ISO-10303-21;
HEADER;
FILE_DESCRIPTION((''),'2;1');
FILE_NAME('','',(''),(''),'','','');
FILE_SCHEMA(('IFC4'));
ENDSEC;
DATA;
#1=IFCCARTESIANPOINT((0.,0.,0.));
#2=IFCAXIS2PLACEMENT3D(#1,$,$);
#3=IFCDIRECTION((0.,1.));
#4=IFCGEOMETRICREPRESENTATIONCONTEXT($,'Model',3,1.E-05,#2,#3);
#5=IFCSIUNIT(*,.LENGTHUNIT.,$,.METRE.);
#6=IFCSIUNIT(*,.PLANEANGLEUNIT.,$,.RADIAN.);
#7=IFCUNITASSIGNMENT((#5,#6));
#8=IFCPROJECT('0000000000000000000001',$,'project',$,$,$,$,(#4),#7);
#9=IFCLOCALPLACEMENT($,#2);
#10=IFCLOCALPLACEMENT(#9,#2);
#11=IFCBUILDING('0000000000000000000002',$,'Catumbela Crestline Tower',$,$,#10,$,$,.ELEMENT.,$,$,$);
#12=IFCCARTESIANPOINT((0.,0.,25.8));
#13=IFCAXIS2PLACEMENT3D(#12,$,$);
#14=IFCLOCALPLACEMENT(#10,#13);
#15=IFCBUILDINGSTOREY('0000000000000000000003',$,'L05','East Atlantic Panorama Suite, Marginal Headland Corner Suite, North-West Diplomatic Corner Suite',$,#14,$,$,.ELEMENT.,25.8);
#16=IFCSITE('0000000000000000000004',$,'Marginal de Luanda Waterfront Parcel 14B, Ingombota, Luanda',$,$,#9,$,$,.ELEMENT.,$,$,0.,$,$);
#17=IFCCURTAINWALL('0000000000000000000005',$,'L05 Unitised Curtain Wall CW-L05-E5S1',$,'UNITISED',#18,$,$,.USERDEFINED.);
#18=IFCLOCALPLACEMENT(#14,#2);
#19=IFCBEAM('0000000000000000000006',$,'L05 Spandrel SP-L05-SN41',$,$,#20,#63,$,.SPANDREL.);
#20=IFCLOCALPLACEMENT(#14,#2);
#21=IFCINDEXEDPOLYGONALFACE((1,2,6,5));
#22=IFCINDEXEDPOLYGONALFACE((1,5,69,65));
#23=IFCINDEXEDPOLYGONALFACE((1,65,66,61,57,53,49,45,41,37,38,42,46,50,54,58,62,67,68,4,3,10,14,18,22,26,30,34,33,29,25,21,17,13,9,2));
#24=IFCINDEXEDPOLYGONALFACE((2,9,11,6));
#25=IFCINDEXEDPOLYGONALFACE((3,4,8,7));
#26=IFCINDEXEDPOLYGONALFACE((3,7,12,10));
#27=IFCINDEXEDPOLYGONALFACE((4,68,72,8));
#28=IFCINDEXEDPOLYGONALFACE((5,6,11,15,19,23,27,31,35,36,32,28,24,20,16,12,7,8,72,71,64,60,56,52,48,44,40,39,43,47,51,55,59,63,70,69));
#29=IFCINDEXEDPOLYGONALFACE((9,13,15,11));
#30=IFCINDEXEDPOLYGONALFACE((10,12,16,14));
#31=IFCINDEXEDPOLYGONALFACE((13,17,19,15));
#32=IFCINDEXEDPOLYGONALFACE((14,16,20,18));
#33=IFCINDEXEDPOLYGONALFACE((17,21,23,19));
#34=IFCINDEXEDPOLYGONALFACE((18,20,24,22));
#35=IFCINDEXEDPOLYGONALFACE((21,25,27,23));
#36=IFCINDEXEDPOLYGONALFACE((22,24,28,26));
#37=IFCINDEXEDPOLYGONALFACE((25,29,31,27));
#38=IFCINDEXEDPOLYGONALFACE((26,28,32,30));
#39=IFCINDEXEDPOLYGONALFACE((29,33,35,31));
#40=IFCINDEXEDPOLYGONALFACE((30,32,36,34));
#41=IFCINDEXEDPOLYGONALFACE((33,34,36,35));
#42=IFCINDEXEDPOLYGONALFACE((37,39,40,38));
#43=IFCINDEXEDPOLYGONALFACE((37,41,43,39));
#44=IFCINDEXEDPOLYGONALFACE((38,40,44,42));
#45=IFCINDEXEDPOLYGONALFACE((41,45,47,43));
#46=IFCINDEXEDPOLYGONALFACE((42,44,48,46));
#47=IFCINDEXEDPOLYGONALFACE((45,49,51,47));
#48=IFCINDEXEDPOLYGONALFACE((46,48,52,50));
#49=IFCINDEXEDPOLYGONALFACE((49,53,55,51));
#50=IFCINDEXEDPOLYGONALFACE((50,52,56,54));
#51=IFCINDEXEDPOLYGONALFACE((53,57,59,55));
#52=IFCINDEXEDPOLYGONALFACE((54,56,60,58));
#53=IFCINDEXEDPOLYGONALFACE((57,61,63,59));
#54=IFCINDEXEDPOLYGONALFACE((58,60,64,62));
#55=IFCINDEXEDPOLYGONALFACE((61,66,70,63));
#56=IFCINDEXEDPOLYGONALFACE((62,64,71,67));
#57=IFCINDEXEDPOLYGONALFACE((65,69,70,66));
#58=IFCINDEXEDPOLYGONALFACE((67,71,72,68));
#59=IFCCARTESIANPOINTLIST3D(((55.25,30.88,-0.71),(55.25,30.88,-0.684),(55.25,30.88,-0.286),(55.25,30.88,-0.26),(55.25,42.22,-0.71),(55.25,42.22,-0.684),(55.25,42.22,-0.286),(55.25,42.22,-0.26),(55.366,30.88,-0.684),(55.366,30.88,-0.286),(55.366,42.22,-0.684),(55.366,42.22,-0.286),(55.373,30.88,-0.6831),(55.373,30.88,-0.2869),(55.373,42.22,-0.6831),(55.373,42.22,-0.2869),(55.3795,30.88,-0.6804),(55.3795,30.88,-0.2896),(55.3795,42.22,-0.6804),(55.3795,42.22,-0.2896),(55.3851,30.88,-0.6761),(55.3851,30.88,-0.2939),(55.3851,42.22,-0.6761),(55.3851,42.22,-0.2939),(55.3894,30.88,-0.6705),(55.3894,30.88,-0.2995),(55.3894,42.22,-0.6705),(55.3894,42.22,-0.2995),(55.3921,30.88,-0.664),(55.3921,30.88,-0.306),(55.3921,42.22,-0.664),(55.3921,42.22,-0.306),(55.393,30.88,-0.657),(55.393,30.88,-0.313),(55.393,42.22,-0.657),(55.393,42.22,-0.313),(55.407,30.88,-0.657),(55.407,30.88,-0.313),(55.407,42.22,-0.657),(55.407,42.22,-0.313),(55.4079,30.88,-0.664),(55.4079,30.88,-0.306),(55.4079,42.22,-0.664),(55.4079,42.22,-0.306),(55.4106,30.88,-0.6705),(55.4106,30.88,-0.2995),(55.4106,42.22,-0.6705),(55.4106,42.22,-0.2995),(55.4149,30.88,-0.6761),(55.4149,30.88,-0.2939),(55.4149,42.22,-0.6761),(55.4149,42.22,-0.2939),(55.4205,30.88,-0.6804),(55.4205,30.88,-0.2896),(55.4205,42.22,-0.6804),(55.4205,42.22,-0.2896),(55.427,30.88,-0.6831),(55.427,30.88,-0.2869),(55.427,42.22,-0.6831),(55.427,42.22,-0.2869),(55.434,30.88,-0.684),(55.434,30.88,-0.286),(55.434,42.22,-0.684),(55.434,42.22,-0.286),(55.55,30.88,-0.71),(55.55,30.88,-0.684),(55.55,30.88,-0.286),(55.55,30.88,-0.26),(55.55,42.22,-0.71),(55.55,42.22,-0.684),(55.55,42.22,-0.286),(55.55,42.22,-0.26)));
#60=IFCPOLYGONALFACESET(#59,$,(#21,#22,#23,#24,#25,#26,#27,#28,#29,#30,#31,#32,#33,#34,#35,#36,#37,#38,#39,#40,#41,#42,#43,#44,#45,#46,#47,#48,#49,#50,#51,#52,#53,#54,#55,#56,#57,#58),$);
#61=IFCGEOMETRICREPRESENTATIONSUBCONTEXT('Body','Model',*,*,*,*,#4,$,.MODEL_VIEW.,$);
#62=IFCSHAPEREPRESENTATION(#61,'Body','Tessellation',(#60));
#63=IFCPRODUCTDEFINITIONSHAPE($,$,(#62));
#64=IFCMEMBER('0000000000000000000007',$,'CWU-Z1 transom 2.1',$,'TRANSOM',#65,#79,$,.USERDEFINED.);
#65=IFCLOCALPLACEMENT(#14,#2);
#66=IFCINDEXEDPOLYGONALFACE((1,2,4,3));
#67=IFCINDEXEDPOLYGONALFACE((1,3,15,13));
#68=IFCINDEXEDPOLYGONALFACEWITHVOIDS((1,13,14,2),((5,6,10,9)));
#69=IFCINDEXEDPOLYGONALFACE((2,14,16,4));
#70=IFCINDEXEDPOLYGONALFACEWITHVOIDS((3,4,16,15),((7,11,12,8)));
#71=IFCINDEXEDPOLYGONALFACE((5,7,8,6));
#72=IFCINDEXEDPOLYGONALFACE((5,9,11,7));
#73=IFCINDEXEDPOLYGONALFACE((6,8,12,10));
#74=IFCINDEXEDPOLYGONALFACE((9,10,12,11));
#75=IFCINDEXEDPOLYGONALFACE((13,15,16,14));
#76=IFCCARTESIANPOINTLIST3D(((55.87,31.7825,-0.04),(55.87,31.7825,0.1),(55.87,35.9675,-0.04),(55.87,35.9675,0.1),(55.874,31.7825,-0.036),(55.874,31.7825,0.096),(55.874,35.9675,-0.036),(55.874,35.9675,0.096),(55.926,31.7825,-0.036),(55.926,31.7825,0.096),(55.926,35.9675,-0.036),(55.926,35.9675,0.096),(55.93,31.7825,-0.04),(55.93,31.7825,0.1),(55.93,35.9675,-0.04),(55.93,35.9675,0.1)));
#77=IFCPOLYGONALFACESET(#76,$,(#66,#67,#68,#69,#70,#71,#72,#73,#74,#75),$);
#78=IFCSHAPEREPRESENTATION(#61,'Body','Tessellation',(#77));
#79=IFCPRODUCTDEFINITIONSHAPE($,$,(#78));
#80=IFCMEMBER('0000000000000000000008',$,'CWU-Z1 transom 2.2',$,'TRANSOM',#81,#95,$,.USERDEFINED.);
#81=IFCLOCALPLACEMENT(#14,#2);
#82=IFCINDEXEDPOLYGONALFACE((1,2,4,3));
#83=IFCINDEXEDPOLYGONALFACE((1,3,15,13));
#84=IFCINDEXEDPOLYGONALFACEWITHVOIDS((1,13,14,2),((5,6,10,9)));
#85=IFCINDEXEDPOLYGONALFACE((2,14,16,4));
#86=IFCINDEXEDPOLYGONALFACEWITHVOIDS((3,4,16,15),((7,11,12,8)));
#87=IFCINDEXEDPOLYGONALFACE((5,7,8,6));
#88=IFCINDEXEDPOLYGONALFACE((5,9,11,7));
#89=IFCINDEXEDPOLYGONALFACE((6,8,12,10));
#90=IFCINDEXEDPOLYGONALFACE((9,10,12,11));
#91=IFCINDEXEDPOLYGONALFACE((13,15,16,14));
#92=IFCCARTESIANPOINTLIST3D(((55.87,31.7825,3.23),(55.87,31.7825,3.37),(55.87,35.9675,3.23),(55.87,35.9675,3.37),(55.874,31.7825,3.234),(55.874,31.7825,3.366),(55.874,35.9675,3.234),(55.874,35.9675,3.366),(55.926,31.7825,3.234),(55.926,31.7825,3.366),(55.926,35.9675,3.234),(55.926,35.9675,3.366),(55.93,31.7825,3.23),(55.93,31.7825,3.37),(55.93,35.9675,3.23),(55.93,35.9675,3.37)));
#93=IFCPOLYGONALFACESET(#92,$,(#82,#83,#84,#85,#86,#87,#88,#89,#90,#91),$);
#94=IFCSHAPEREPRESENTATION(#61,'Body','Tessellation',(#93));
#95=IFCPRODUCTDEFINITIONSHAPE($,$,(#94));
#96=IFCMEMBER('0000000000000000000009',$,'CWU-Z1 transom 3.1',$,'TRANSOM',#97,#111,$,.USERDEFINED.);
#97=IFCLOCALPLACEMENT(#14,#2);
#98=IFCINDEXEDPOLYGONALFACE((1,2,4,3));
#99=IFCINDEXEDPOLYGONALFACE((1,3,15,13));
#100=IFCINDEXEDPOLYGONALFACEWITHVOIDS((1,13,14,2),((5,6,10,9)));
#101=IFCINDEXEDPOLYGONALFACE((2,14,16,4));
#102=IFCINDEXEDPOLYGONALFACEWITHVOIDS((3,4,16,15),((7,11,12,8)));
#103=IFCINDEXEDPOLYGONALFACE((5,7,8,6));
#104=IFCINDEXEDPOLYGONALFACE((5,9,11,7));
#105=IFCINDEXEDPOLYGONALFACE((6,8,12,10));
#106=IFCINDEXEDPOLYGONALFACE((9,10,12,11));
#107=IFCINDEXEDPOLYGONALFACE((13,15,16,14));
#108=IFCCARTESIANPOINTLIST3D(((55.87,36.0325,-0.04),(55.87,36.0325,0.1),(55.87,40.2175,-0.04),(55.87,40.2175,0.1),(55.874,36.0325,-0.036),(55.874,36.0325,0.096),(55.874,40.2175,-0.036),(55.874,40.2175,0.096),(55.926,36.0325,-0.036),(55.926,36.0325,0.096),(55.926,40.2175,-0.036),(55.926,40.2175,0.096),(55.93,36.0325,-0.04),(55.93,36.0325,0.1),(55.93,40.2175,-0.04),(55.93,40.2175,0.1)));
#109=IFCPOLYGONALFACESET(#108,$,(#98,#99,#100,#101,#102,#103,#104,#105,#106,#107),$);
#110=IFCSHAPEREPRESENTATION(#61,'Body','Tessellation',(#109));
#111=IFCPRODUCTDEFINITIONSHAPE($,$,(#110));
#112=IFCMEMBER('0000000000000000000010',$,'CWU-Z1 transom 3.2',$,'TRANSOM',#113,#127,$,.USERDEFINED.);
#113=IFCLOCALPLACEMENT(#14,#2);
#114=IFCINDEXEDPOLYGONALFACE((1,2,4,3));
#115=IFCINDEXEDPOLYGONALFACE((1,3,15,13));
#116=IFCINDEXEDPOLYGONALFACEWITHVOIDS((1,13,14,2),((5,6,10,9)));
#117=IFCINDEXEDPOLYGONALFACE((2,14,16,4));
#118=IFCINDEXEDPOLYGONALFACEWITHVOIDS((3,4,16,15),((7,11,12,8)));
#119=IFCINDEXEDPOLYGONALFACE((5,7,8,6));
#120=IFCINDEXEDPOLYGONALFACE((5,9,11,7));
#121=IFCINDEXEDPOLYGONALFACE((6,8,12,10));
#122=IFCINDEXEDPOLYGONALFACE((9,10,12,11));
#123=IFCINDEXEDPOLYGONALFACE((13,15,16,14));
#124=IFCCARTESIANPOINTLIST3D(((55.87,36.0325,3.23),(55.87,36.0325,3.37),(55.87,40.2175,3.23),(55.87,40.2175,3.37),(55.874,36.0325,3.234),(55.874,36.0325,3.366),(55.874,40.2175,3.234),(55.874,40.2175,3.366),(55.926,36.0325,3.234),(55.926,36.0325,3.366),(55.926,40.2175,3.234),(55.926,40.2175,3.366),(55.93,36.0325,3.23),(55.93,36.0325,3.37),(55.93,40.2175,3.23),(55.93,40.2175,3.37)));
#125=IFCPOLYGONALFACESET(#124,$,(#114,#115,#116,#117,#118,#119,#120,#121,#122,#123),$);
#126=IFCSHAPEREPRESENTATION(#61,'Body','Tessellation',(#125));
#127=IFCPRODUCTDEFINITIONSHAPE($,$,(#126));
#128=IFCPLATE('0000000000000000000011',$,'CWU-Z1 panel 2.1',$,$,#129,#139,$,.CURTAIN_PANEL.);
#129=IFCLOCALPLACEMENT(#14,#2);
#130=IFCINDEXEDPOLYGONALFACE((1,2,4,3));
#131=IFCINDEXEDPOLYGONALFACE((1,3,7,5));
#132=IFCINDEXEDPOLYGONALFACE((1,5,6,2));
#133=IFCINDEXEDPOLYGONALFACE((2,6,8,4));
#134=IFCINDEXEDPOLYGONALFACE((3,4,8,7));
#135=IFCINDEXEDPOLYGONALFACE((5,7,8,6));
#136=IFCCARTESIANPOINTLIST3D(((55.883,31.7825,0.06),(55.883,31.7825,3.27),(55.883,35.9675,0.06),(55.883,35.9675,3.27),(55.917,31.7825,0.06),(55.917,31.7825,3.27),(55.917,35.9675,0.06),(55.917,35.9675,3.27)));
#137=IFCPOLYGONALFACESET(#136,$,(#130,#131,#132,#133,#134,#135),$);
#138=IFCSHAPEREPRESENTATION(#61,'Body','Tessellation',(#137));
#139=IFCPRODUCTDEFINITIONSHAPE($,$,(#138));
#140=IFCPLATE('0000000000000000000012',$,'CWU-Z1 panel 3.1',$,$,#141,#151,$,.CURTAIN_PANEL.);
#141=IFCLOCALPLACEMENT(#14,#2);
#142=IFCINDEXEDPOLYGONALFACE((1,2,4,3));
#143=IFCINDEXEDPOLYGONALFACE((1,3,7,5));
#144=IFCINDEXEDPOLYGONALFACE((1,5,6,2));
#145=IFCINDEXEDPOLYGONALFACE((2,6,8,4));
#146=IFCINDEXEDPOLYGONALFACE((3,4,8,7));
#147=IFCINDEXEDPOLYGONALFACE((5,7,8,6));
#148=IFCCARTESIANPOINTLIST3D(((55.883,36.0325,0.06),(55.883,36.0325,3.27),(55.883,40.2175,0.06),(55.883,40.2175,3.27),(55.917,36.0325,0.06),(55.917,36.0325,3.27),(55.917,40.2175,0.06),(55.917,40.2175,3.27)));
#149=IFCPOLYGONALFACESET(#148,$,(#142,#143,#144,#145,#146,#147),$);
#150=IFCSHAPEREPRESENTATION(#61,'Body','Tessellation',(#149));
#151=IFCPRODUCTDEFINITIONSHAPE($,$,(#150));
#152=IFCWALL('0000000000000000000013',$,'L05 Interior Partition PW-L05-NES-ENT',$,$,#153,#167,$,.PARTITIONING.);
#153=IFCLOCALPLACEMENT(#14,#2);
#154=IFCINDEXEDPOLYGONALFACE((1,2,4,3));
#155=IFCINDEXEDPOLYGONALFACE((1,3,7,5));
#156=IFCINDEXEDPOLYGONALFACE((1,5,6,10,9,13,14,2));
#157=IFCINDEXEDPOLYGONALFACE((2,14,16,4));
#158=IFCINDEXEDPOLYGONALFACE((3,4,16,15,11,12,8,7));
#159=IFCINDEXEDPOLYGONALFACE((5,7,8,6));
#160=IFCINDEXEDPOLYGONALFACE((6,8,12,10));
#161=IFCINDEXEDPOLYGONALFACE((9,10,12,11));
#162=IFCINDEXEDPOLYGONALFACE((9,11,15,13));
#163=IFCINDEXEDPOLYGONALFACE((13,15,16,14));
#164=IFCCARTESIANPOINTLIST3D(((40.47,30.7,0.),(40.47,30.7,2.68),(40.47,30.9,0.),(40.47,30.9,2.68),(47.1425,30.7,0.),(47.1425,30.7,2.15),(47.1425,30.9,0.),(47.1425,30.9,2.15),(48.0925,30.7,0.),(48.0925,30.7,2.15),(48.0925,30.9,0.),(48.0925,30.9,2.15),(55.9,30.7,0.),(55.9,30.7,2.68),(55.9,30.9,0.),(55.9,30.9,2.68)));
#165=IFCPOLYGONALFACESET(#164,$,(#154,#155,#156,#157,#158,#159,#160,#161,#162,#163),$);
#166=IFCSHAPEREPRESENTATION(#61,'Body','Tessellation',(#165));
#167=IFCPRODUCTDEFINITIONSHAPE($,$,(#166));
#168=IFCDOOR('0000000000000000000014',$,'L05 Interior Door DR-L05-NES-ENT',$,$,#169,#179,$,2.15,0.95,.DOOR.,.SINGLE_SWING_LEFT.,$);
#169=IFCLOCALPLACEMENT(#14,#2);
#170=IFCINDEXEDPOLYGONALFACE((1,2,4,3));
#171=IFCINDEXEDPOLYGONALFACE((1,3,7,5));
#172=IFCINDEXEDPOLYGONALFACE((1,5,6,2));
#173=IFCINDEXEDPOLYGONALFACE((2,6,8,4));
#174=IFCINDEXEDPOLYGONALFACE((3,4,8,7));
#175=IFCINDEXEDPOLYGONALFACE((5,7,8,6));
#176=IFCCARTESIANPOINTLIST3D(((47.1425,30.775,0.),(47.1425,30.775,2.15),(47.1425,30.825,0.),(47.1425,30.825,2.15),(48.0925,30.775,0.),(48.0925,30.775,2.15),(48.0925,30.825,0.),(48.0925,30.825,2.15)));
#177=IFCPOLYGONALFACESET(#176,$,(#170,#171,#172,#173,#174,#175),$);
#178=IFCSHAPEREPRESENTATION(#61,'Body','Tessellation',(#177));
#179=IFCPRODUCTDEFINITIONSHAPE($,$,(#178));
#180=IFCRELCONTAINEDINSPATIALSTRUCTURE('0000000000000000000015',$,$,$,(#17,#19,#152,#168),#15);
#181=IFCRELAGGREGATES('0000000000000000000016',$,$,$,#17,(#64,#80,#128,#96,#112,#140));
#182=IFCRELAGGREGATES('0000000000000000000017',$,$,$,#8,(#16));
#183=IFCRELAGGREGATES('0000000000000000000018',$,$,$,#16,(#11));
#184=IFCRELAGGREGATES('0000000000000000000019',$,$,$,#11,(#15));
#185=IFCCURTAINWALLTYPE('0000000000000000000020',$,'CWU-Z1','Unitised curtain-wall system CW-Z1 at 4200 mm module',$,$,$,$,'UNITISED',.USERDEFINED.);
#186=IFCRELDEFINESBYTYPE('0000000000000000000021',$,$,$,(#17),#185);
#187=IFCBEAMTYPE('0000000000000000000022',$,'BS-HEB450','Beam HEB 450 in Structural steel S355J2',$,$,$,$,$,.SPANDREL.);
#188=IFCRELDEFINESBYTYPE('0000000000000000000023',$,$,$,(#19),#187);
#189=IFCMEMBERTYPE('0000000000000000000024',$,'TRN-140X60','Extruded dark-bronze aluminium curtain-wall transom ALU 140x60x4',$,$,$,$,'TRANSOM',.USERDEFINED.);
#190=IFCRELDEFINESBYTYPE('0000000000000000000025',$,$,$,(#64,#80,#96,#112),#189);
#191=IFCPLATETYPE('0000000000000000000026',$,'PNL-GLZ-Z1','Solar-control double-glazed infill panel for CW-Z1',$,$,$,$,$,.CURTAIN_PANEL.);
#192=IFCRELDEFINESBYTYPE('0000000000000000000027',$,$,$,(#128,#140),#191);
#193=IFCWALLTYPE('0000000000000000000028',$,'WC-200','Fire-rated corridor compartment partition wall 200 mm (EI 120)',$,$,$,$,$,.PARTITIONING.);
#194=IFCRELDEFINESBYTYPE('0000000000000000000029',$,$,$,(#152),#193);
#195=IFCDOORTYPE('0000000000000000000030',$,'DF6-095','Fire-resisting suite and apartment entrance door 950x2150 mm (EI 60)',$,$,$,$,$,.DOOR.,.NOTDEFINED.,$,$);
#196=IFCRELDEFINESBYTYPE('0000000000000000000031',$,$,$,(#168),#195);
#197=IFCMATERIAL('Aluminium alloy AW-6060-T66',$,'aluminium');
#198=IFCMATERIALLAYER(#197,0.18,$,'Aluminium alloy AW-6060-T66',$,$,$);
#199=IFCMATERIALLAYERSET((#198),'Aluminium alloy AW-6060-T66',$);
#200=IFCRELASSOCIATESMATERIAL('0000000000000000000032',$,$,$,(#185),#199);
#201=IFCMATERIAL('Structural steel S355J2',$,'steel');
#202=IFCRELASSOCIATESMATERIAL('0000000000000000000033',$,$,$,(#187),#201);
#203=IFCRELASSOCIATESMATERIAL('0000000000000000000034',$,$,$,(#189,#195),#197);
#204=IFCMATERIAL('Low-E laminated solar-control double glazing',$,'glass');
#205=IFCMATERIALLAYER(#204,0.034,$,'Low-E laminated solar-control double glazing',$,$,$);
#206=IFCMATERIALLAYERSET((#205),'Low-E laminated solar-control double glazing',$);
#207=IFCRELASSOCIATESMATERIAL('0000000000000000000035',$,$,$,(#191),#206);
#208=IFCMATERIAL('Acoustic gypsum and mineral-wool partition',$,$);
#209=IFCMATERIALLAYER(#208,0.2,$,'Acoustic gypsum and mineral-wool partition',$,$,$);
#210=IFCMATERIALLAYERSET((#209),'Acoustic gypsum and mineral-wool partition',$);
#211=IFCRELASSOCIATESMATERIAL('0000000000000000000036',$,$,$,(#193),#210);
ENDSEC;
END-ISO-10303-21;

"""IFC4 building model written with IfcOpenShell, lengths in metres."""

from ifc_helpers import new_model, si_unit, direction, frame, frame_2d, origin, origin_2d, place, context, subcontext, project, spatial, rectangle, hollow_rectangle, i_section, extrude, material, layer, layer_set, material_profile, profile_set, type_object, element, fill, aggregate, save


model = new_model("IFC4")

# Units and contexts
model_context = context("Model", 3, precision=1e-05, world=origin(), true_north=direction((0.0, 1.0)))
body_context = subcontext(model_context, "Body", "Model", "MODEL_VIEW")
ifc_project = project(units=[si_unit("LENGTHUNIT", "METRE"), si_unit("PLANEANGLEUNIT", "RADIAN")], contexts=[model_context])

# Site, building, storey
site_placement = place(None, origin())
site = spatial("IfcSite", under=ifc_project, at=site_placement, Name="Marginal de Luanda Waterfront Parcel 14B, Ingombota, Luanda", CompositionType="ELEMENT", RefElevation=0.0)
building_placement = place(site_placement, origin())
building = spatial("IfcBuilding", under=site, at=building_placement, Name="Catumbela Crestline Tower", CompositionType="ELEMENT")
storey_placement = place(building_placement, frame((0.0, 0.0, 25.8)))
storey = spatial("IfcBuildingStorey", under=building, at=storey_placement, Name="L05", Description="East Atlantic Panorama Suite, Marginal Headland Corner Suite, North-West Diplomatic Corner Suite", CompositionType="ELEMENT", Elevation=25.8)

# Shared definitions
ifc_material_1 = material(Name="Structural steel S355J2", Category="steel")

# Curtain wall
ifc_material_2 = material(Name="Aluminium alloy AW-6060-T66", Category="aluminium")
ifc_layer_1 = layer(ifc_material_2, 0.18, Name="Aluminium alloy AW-6060-T66")
ifc_layer_set_1 = layer_set([ifc_layer_1], Name="Aluminium alloy AW-6060-T66")
curtain_wall_type = type_object("IfcCurtainWallType", Name="CWU-Z1", Description="Unitised curtain-wall system CW-Z1 at 4200 mm module", ElementType="UNITISED", PredefinedType="USERDEFINED", material=ifc_layer_set_1)
curtain_wall_placement = place(storey_placement, origin())
curtain_wall = element("IfcCurtainWall", 1, at=curtain_wall_placement, inside=storey, type_object=curtain_wall_type, Name="L05 Unitised Curtain Wall CW-L05-E5S1", ObjectType="UNITISED", PredefinedType="USERDEFINED")

# Beam
ifc_material_profile_1 = material_profile(ifc_material_1, i_section(OverallWidth=0.3, OverallDepth=0.45, WebThickness=0.014, FlangeThickness=0.026, FilletRadius=0.027, at=origin_2d()), Name="HEB 450")
ifc_profile_set_1 = profile_set([ifc_material_profile_1], Name="Structural steel S355J2")
beam_type_1 = type_object("IfcBeamType", Name="BS-HEB450", Description="Beam HEB 450 in Structural steel S355J2", PredefinedType="SPANDREL", material=ifc_profile_set_1)
beam_1_placement = place(storey_placement, frame((55.4, 30.88, -0.485), z_axis=(0.0, 1.0, 0.0), x_axis=(-1.0, 0.0, 0.0)))
element("IfcBeam", 2, at=beam_1_placement, inside=storey, type_object=beam_type_1, Name="L05 Spandrel SP-L05-SN41", PredefinedType="SPANDREL", context=body_context, shape_type="SweptSolid", body=[
    extrude(i_section(OverallWidth=0.3, OverallDepth=0.45, WebThickness=0.014, FlangeThickness=0.026, FilletRadius=0.027, at=origin_2d()), origin(), (0.0, 0.0, 1.0), 11.34),
])

# Members
ifc_material_profile_2 = material_profile(ifc_material_2, hollow_rectangle(XDim=0.06, YDim=0.14, WallThickness=0.004, at=origin_2d()), Name="ALU 140x60x4")
ifc_profile_set_2 = profile_set([ifc_material_profile_2], Name="Aluminium alloy AW-6060-T66")
member_type_1 = type_object("IfcMemberType", Name="TRN-140X60", Description="Extruded dark-bronze aluminium curtain-wall transom ALU 140x60x4", ElementType="TRANSOM", PredefinedType="USERDEFINED", material=ifc_profile_set_2)
member_1_placement = place(storey_placement, frame((55.9, 31.7825, 0.03), z_axis=(0.0, 1.0, 0.0), x_axis=(-1.0, 0.0, 0.0)))
member_1 = element("IfcMember", 3, at=member_1_placement, type_object=member_type_1, Name="CWU-Z1 transom 2.1", ObjectType="TRANSOM", PredefinedType="USERDEFINED", context=body_context, shape_type="SweptSolid", body=[
    extrude(hollow_rectangle(XDim=0.06, YDim=0.14, WallThickness=0.004, at=origin_2d()), origin(), (0.0, 0.0, 1.0), 4.185),
])
member_2_placement = place(storey_placement, frame((55.9, 31.7825, 3.3), z_axis=(0.0, 1.0, 0.0), x_axis=(-1.0, 0.0, 0.0)))
member_2 = element("IfcMember", 4, at=member_2_placement, type_object=member_type_1, Name="CWU-Z1 transom 2.2", ObjectType="TRANSOM", PredefinedType="USERDEFINED", context=body_context, shape_type="SweptSolid", body=[
    extrude(hollow_rectangle(XDim=0.06, YDim=0.14, WallThickness=0.004, at=origin_2d()), origin(), (0.0, 0.0, 1.0), 4.185),
])
member_3_placement = place(storey_placement, frame((55.9, 36.0325, 0.03), z_axis=(0.0, 1.0, 0.0), x_axis=(-1.0, 0.0, 0.0)))
member_3 = element("IfcMember", 5, at=member_3_placement, type_object=member_type_1, Name="CWU-Z1 transom 3.1", ObjectType="TRANSOM", PredefinedType="USERDEFINED", context=body_context, shape_type="SweptSolid", body=[
    extrude(hollow_rectangle(XDim=0.06, YDim=0.14, WallThickness=0.004, at=origin_2d()), origin(), (0.0, 0.0, 1.0), 4.185),
])
member_4_placement = place(storey_placement, frame((55.9, 36.0325, 3.3), z_axis=(0.0, 1.0, 0.0), x_axis=(-1.0, 0.0, 0.0)))
member_4 = element("IfcMember", 6, at=member_4_placement, type_object=member_type_1, Name="CWU-Z1 transom 3.2", ObjectType="TRANSOM", PredefinedType="USERDEFINED", context=body_context, shape_type="SweptSolid", body=[
    extrude(hollow_rectangle(XDim=0.06, YDim=0.14, WallThickness=0.004, at=origin_2d()), origin(), (0.0, 0.0, 1.0), 4.185),
])

# Plates
ifc_material_3 = material(Name="Low-E laminated solar-control double glazing", Category="glass")
ifc_layer_2 = layer(ifc_material_3, 0.034, Name="Low-E laminated solar-control double glazing")
ifc_layer_set_2 = layer_set([ifc_layer_2], Name="Low-E laminated solar-control double glazing")
plate_type = type_object("IfcPlateType", Name="PNL-GLZ-Z1", Description="Solar-control double-glazed infill panel for CW-Z1", PredefinedType="CURTAIN_PANEL", material=ifc_layer_set_2)
plate_1_placement = place(storey_placement, frame((55.9, 33.875, 0.06), z_axis=(0.0, 0.0, 1.0), x_axis=(0.0, 1.0, 0.0)))
plate_1 = element("IfcPlate", 7, at=plate_1_placement, type_object=plate_type, Name="CWU-Z1 panel 2.1", PredefinedType="CURTAIN_PANEL", context=body_context, shape_type="SweptSolid", body=[
    extrude(rectangle(XDim=4.185, YDim=0.034, at=origin_2d()), origin(), (0.0, 0.0, 1.0), 3.21),
])
plate_2_placement = place(storey_placement, frame((55.9, 38.125, 0.06), z_axis=(0.0, 0.0, 1.0), x_axis=(0.0, 1.0, 0.0)))
plate_2 = element("IfcPlate", 8, at=plate_2_placement, type_object=plate_type, Name="CWU-Z1 panel 3.1", PredefinedType="CURTAIN_PANEL", context=body_context, shape_type="SweptSolid", body=[
    extrude(rectangle(XDim=4.185, YDim=0.034, at=origin_2d()), origin(), (0.0, 0.0, 1.0), 3.21),
])
aggregate(curtain_wall, [member_1, member_2, plate_1, member_3, member_4, plate_2])

# Wall, opening, door
ifc_material_4 = material(Name="Acoustic gypsum and mineral-wool partition")
ifc_layer_3 = layer(ifc_material_4, 0.2, Name="Acoustic gypsum and mineral-wool partition")
ifc_layer_set_3 = layer_set([ifc_layer_3], Name="Acoustic gypsum and mineral-wool partition")
wall_type_1 = type_object("IfcWallType", Name="WC-200", Description="Fire-rated corridor compartment partition wall 200 mm (EI 120)", PredefinedType="PARTITIONING", material=ifc_layer_set_3)
wall_1_placement = place(storey_placement, frame((40.47, 30.8, 0.0), z_axis=(0.0, 0.0, 1.0), x_axis=(1.0, 0.0, 0.0)))
wall_1 = element("IfcWall", 9, at=wall_1_placement, inside=storey, type_object=wall_type_1, Name="L05 Interior Partition PW-L05-NES-ENT", PredefinedType="PARTITIONING", context=body_context, shape_type="SweptSolid", body=[
    extrude(rectangle(XDim=15.43, YDim=0.2, at=frame_2d((7.715, 0.0))), origin(), (0.0, 0.0, 1.0), 2.68),
])
opening_1_placement = place(wall_1_placement, frame((6.6725, 0.0, 0.0)))
opening_1 = element("IfcOpeningElement", 10, at=opening_1_placement, cuts=wall_1, PredefinedType="OPENING", context=body_context, shape_type="SweptSolid", body=[
    extrude(rectangle(XDim=0.95, YDim=2.15, at=frame_2d((0.475, 1.075))), frame((0.0, 0.11, 0.0), z_axis=(0.0, -1.0, 0.0), x_axis=(1.0, 0.0, 0.0)), (0.0, 0.0, 1.0), 0.22),
])
door_type_1 = type_object("IfcDoorType", Name="DF6-095", Description="Fire-resisting suite and apartment entrance door 950x2150 mm (EI 60)", OperationType="NOTDEFINED", PredefinedType="DOOR", material=ifc_material_2)
door_1_placement = place(opening_1_placement, origin())
door_1 = element("IfcDoor", 11, at=door_1_placement, inside=storey, type_object=door_type_1, Name="L05 Interior Door DR-L05-NES-ENT", OperationType="SINGLE_SWING_LEFT", OverallHeight=2.15, OverallWidth=0.95, PredefinedType="DOOR", context=body_context, shape_type="SweptSolid", body=[
    extrude(rectangle(XDim=0.95, YDim=2.15, at=frame_2d((0.475, 1.075))), frame((0.0, 0.025, 0.0), z_axis=(0.0, -1.0, 0.0), x_axis=(1.0, 0.0, 0.0)), (0.0, 0.0, 1.0), 0.05),
])
fill(opening_1, door_1)

save(model, "model.ifc")
